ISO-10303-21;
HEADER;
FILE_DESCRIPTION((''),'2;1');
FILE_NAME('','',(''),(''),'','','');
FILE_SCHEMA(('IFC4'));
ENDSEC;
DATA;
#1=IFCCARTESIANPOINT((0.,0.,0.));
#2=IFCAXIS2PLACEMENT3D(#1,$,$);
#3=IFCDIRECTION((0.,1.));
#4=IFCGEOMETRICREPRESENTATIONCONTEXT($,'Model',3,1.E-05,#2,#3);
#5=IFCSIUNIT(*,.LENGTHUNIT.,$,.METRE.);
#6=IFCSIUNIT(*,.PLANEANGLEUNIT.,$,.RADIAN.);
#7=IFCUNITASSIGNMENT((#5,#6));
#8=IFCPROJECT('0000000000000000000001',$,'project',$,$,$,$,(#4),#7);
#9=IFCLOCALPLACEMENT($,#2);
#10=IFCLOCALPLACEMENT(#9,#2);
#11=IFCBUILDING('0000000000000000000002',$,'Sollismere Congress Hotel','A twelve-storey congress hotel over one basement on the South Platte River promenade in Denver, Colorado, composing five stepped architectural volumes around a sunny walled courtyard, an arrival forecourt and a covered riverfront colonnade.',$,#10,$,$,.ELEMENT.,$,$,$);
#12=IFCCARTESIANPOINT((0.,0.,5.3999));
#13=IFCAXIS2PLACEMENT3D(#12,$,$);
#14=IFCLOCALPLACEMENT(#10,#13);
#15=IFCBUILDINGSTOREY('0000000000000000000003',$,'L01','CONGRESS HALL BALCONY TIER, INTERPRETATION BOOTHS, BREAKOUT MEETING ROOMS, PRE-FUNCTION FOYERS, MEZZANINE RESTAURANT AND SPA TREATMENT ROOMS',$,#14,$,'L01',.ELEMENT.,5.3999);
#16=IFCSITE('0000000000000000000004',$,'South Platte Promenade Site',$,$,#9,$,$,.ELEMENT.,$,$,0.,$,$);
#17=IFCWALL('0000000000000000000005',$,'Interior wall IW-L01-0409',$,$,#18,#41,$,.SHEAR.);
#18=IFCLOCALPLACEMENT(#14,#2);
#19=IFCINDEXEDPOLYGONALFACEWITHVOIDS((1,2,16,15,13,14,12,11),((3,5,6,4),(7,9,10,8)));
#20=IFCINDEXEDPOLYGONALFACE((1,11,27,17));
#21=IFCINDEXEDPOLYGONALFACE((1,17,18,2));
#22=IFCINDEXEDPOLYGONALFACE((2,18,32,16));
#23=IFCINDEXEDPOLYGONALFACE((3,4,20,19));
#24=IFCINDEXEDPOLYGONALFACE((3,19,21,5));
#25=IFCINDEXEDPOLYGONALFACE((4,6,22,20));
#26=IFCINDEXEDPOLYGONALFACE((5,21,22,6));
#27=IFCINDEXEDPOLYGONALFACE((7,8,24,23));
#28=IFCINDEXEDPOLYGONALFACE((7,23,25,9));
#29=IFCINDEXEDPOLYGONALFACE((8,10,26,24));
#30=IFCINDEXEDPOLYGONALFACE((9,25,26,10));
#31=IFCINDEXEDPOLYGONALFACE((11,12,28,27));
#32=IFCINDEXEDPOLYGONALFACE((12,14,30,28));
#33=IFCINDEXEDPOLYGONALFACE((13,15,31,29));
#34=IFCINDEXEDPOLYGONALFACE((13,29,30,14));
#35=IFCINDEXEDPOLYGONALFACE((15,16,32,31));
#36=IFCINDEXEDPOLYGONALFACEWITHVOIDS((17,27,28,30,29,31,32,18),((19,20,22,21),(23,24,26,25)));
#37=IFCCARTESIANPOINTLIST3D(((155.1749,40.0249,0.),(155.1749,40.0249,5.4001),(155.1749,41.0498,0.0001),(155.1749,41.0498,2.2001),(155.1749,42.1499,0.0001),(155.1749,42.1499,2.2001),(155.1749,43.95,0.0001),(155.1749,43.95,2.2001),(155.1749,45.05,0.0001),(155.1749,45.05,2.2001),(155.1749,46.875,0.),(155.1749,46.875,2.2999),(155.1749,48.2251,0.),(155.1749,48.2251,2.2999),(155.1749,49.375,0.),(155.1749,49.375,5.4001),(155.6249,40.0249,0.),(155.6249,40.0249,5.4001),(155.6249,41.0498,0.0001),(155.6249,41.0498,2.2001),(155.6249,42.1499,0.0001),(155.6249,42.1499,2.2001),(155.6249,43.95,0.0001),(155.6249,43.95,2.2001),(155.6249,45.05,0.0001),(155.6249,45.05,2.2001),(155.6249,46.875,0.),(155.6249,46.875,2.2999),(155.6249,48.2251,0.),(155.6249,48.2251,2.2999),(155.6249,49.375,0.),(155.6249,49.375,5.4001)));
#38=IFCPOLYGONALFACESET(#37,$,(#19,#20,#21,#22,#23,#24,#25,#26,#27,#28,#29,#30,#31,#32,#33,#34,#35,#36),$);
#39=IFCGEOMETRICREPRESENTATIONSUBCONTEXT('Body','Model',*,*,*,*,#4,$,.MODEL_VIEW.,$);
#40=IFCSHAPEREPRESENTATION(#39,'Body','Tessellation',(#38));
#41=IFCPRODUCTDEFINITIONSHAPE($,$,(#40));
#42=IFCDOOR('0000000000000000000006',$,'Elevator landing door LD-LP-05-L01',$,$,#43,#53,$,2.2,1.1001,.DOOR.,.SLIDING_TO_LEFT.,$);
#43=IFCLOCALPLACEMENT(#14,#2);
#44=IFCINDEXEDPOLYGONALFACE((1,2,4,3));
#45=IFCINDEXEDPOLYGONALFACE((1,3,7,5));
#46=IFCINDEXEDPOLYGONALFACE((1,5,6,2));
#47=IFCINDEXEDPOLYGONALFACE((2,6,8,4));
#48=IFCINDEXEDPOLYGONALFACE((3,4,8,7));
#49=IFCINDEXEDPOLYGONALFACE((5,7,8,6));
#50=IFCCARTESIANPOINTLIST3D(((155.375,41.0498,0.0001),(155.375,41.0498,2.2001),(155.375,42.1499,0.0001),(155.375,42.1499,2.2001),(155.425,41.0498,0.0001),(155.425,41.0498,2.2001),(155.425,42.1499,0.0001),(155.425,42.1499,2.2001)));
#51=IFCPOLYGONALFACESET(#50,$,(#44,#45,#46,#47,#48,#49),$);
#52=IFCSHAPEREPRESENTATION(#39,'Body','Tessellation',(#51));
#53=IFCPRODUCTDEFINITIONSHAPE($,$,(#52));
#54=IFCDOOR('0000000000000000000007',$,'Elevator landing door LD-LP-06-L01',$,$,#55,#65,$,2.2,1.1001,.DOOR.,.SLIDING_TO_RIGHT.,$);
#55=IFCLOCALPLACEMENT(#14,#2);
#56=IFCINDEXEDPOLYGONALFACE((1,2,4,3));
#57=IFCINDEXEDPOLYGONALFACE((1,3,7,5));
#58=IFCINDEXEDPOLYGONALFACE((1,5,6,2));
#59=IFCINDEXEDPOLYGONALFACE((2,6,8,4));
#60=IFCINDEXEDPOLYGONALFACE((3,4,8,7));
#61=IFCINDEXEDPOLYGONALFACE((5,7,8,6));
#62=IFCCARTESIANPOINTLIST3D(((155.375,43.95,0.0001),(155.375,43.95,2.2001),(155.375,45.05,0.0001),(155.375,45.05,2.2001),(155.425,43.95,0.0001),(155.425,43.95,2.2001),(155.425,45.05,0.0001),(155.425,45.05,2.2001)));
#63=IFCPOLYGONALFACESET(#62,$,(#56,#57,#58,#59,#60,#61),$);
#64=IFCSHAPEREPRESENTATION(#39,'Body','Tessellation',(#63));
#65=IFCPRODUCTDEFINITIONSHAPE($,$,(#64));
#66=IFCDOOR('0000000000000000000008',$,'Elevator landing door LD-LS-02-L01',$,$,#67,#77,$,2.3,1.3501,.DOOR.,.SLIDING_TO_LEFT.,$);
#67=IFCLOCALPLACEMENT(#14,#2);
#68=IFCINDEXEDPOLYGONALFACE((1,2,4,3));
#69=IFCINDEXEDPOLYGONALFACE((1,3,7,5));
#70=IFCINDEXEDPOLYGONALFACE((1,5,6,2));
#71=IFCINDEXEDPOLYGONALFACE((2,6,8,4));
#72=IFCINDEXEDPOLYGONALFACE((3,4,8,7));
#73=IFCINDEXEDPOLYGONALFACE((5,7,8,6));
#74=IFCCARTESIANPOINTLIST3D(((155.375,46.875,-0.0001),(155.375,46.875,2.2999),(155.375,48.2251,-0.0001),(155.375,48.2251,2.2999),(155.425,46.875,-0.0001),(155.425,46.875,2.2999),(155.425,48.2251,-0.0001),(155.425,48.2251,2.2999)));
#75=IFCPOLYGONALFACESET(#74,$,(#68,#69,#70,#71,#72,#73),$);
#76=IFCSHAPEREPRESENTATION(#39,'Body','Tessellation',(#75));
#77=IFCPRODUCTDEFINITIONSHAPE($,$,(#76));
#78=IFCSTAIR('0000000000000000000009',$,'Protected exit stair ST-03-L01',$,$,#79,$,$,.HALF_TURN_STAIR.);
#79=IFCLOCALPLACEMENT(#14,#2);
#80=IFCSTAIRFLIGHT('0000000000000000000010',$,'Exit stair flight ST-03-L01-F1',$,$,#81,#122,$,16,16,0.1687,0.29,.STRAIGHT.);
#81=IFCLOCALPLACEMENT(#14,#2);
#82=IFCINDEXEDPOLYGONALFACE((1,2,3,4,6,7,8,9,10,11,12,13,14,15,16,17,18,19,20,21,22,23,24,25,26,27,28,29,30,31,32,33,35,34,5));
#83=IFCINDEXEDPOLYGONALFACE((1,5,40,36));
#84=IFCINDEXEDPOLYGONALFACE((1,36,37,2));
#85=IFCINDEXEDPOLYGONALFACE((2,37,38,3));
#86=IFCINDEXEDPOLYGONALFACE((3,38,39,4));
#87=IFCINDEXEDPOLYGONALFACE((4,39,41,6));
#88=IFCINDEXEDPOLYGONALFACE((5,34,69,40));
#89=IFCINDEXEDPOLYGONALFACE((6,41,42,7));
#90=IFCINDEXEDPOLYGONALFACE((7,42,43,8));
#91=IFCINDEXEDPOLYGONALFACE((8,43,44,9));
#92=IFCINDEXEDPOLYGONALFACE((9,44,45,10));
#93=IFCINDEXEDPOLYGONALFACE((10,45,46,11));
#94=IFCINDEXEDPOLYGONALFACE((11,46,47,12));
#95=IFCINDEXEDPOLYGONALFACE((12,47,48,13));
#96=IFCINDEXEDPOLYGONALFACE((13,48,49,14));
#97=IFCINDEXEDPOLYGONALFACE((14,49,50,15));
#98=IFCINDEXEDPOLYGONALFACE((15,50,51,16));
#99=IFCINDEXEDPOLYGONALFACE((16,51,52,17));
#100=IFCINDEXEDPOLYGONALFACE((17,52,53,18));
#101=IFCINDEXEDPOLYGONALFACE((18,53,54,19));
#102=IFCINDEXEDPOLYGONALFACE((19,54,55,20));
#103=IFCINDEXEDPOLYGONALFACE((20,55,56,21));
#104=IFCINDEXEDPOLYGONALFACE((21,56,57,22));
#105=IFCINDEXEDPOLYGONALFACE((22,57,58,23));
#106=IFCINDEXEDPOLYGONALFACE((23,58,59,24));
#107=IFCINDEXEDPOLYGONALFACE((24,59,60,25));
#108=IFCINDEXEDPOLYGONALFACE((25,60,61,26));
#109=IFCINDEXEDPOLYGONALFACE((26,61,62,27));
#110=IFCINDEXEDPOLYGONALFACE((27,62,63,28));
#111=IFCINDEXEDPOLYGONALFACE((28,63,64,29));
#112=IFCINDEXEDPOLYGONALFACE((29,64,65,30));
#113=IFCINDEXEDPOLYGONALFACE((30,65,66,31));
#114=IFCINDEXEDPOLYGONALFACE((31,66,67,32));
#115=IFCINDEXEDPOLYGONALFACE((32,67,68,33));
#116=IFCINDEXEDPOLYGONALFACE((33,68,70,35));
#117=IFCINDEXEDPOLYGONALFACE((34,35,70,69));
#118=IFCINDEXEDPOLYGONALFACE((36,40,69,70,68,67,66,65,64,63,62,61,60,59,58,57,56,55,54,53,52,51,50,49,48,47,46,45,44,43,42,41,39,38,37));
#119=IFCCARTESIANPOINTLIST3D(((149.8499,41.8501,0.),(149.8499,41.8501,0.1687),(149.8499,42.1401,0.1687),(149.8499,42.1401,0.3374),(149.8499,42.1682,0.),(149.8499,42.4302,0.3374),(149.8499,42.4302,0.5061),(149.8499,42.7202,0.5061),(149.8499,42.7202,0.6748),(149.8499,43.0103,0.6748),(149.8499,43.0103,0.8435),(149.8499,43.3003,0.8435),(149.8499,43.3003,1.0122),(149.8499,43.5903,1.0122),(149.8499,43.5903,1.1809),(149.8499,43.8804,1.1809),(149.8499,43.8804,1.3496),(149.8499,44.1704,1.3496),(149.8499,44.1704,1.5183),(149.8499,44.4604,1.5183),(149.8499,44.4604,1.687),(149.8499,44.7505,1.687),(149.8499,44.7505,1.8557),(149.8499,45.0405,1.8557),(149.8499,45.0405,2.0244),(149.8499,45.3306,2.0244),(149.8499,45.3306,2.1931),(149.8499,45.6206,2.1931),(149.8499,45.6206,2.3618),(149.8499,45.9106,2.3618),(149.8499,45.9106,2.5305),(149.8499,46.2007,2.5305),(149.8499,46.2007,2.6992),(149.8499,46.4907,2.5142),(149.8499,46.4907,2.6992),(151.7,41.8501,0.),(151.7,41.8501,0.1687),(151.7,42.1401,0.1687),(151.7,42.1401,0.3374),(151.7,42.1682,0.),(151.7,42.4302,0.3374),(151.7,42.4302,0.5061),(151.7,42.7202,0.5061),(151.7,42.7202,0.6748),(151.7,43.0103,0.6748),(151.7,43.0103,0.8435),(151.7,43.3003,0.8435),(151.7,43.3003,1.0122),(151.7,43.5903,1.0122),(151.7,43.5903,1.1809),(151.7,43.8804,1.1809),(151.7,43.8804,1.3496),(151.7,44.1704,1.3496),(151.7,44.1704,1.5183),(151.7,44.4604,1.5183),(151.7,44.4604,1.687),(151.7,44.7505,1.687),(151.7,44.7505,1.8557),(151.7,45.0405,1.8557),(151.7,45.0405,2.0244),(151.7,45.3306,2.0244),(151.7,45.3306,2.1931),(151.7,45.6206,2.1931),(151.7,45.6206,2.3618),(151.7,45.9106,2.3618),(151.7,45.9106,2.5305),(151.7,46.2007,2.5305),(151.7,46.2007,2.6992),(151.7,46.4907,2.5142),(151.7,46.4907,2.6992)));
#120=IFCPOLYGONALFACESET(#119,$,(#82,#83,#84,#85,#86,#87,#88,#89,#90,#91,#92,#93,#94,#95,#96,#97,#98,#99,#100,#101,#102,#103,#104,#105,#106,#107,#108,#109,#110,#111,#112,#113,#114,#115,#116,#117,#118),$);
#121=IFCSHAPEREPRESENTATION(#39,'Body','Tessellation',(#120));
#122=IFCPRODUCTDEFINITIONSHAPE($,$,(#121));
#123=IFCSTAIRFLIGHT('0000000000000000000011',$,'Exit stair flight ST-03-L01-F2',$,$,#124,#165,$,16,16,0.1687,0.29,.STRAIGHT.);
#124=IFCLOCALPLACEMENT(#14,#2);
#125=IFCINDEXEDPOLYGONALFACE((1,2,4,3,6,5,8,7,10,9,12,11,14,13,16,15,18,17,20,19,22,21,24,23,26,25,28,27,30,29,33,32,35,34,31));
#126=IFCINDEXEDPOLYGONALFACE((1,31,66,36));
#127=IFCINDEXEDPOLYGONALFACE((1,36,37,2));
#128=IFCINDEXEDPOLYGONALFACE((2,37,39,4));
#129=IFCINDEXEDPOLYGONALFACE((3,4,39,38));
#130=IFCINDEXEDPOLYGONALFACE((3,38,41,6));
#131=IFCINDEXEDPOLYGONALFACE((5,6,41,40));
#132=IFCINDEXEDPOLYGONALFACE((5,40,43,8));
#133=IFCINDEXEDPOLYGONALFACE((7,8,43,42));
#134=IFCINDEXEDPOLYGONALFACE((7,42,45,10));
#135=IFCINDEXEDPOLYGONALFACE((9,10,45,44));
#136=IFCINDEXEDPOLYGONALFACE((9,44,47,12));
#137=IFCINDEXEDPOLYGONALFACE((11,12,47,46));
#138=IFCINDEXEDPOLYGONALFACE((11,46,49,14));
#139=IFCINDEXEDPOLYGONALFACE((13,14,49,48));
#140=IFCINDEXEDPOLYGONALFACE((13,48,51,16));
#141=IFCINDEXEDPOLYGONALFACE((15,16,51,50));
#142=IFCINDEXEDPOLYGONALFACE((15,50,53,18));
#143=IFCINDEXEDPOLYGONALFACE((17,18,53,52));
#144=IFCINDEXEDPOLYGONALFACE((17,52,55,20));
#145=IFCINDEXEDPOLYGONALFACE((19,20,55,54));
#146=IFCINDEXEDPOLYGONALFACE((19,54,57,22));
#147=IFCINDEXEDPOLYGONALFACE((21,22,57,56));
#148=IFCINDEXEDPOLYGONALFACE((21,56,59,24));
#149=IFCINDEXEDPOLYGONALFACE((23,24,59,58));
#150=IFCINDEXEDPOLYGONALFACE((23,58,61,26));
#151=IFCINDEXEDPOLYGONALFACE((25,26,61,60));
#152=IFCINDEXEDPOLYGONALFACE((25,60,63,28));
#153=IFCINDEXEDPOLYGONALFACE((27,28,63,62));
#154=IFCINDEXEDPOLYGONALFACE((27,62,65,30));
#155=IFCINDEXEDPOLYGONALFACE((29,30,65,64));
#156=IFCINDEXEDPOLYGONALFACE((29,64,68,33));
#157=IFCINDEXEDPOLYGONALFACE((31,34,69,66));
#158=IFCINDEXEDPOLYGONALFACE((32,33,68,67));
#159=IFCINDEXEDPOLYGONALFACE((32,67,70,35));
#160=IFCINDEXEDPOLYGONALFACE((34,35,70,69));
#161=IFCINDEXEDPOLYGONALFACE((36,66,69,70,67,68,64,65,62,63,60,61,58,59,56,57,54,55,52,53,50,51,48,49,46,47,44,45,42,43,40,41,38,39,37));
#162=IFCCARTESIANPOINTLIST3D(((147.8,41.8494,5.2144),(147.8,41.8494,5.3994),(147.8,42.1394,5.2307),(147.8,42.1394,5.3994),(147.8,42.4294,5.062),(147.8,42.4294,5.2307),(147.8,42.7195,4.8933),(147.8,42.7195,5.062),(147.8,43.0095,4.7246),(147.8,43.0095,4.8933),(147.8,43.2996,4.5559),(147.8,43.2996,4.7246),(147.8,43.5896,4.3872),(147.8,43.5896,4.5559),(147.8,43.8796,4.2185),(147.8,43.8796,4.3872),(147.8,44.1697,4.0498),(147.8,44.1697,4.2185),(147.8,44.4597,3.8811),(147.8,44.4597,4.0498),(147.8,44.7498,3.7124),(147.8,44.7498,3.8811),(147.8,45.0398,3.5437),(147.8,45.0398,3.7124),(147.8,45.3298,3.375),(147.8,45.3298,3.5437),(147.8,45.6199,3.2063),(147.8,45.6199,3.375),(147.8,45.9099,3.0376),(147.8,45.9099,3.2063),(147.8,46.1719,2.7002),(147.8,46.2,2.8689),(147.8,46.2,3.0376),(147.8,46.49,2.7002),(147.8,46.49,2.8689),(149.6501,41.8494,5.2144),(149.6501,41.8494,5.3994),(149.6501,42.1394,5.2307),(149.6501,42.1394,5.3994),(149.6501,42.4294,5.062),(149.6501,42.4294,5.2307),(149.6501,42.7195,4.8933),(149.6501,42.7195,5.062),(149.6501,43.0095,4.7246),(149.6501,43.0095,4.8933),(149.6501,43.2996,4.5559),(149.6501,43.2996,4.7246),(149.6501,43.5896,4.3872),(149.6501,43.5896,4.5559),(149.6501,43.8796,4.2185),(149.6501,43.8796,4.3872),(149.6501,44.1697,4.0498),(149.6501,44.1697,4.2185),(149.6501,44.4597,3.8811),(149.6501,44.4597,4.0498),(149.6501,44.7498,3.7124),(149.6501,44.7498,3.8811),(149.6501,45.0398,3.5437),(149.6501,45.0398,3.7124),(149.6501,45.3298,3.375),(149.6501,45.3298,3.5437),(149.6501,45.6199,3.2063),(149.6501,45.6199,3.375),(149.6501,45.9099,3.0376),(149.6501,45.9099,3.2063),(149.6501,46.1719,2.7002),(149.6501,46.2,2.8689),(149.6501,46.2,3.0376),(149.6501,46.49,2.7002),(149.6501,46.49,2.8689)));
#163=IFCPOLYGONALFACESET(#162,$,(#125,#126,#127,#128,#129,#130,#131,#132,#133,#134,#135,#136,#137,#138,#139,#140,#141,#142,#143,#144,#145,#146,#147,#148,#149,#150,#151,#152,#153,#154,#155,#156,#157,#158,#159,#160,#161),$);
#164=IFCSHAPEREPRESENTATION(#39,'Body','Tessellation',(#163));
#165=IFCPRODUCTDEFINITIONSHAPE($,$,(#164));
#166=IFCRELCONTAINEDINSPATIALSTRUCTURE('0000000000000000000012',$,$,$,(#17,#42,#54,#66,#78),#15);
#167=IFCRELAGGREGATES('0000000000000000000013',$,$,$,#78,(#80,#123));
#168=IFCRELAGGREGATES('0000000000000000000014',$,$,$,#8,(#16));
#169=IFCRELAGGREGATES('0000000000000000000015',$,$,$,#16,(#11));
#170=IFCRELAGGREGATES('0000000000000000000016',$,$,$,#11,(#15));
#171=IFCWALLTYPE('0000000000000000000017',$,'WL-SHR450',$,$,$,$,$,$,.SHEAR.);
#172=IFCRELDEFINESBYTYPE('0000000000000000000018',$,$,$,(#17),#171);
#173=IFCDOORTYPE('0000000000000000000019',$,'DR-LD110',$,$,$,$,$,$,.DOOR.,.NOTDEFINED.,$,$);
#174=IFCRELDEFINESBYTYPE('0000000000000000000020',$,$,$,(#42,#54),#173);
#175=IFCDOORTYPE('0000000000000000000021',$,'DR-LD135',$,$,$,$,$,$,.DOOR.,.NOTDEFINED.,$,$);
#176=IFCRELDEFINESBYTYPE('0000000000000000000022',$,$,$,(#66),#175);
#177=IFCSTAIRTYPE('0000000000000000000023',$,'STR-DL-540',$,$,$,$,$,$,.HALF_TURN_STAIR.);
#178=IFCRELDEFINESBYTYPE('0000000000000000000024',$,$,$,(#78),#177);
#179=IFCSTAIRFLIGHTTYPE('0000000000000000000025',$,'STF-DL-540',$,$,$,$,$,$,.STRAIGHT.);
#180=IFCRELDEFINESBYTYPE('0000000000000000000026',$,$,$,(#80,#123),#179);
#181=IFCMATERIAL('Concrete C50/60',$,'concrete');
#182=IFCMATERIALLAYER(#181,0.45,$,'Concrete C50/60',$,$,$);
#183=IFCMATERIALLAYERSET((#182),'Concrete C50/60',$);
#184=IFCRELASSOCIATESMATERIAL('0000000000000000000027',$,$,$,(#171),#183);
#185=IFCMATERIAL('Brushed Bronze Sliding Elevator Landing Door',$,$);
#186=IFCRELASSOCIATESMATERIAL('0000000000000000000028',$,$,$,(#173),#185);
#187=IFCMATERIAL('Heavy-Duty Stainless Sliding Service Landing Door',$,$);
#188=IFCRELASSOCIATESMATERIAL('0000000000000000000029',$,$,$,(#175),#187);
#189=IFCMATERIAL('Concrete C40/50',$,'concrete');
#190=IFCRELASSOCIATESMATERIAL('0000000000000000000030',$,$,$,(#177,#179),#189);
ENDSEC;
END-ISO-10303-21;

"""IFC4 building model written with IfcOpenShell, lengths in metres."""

from ifc_helpers import new_model, si_unit, direction, frame, frame_2d, origin, place, context, subcontext, project, spatial, polyline, rectangle, outline, extrude, material, layer, layer_set, type_object, element, fill, aggregate, save


model = new_model("IFC4")

# Units and contexts
model_context = context("Model", 3, precision=1e-05, world=origin(), true_north=direction((0.0, 1.0)))
body_context = subcontext(model_context, "Body", "Model", "MODEL_VIEW")
ifc_project = project(units=[si_unit("LENGTHUNIT", "METRE"), si_unit("PLANEANGLEUNIT", "RADIAN")], contexts=[model_context])

# Site, building, storey
site_placement = place(None, origin())
site = spatial("IfcSite", under=ifc_project, at=site_placement, Name="South Platte Promenade Site", CompositionType="ELEMENT", RefElevation=0.0)
building_placement = place(site_placement, origin())
building = spatial("IfcBuilding", under=site, at=building_placement, Name="Sollismere Congress Hotel", Description="A twelve-storey congress hotel over one basement on the South Platte River promenade in Denver, Colorado, composing five stepped architectural volumes around a sunny walled courtyard, an arrival forecourt and a covered riverfront colonnade.", CompositionType="ELEMENT")
storey_placement = place(building_placement, frame((0.0, 0.0, 5.3999)))
storey = spatial("IfcBuildingStorey", under=building, at=storey_placement, Name="L01", Description="CONGRESS HALL BALCONY TIER, INTERPRETATION BOOTHS, BREAKOUT MEETING ROOMS, PRE-FUNCTION FOYERS, MEZZANINE RESTAURANT AND SPA TREATMENT ROOMS", LongName="L01", CompositionType="ELEMENT", Elevation=5.3999)

# Shared definitions
ifc_material_1 = material(Name="Concrete C50/60", Category="concrete")

# Shared definitions
ifc_layer_1 = layer(ifc_material_1, 0.45, Name="Concrete C50/60")
ifc_layer_set_1 = layer_set([ifc_layer_1], Name="Concrete C50/60")
wall_type_1 = type_object("IfcWallType", Name="WL-SHR450", PredefinedType="SHEAR", material=ifc_layer_set_1)

# Wall, openings, doors
wall_1_placement = place(storey_placement, frame((155.3999, 40.0249, 0.0), z_axis=(0.0, 0.0, 1.0), x_axis=(0.0, 1.0, 0.0)))
wall_1 = element("IfcWall", 1, at=wall_1_placement, inside=storey, type_object=wall_type_1, Name="Interior wall IW-L01-0409", PredefinedType="SHEAR", context=body_context, shape_type="SweptSolid", body=[
    extrude(rectangle(XDim=9.3501, YDim=0.45, at=frame_2d((4.675, 0.0))), origin(), (0.0, 0.0, 1.0), 5.4001),
])
opening_1_placement = place(wall_1_placement, frame((1.0249, 0.0, 0.0)))
opening_1 = element("IfcOpeningElement", 2, at=opening_1_placement, cuts=wall_1, PredefinedType="OPENING", context=body_context, shape_type="SweptSolid", body=[
    extrude(rectangle(XDim=1.1001, YDim=2.2, at=frame_2d((0.55, 1.1001))), frame((0.0, 0.2349, 0.0), z_axis=(0.0, -1.0, 0.0), x_axis=(1.0, 0.0, 0.0)), (0.0, 0.0, 1.0), 0.47),
])
opening_2_placement = place(wall_1_placement, frame((3.925, 0.0, 0.0)))
opening_2 = element("IfcOpeningElement", 3, at=opening_2_placement, cuts=wall_1, PredefinedType="OPENING", context=body_context, shape_type="SweptSolid", body=[
    extrude(rectangle(XDim=1.1001, YDim=2.2, at=frame_2d((0.55, 1.1001))), frame((0.0, 0.2349, 0.0), z_axis=(0.0, -1.0, 0.0), x_axis=(1.0, 0.0, 0.0)), (0.0, 0.0, 1.0), 0.47),
])
opening_3_placement = place(wall_1_placement, frame((6.8501, 0.0, 0.0)))
opening_3 = element("IfcOpeningElement", 4, at=opening_3_placement, cuts=wall_1, PredefinedType="OPENING", context=body_context, shape_type="SweptSolid", body=[
    extrude(rectangle(XDim=1.3501, YDim=2.3, at=frame_2d((0.675, 1.1499))), frame((0.0, 0.2349, 0.0), z_axis=(0.0, -1.0, 0.0), x_axis=(1.0, 0.0, 0.0)), (0.0, 0.0, 1.0), 0.47),
])
ifc_material_2 = material(Name="Brushed Bronze Sliding Elevator Landing Door")
door_type_1 = type_object("IfcDoorType", Name="DR-LD110", OperationType="NOTDEFINED", PredefinedType="DOOR", material=ifc_material_2)
door_1_placement = place(opening_1_placement, origin())
door_1 = element("IfcDoor", 5, at=door_1_placement, inside=storey, type_object=door_type_1, Name="Elevator landing door LD-LP-05-L01", OperationType="SLIDING_TO_LEFT", OverallHeight=2.2, OverallWidth=1.1001, PredefinedType="DOOR", context=body_context, shape_type="SweptSolid", body=[
    extrude(rectangle(XDim=1.1001, YDim=2.2, at=frame_2d((0.55, 1.1001))), frame((0.0, 0.0249, 0.0), z_axis=(0.0, -1.0, 0.0), x_axis=(1.0, 0.0, 0.0)), (0.0, 0.0, 1.0), 0.05),
])
fill(opening_1, door_1)
door_2_placement = place(opening_2_placement, origin())
door_2 = element("IfcDoor", 6, at=door_2_placement, inside=storey, type_object=door_type_1, Name="Elevator landing door LD-LP-06-L01", OperationType="SLIDING_TO_RIGHT", OverallHeight=2.2, OverallWidth=1.1001, PredefinedType="DOOR", context=body_context, shape_type="SweptSolid", body=[
    extrude(rectangle(XDim=1.1001, YDim=2.2, at=frame_2d((0.55, 1.1001))), frame((0.0, 0.0249, 0.0), z_axis=(0.0, -1.0, 0.0), x_axis=(1.0, 0.0, 0.0)), (0.0, 0.0, 1.0), 0.05),
])
fill(opening_2, door_2)
ifc_material_3 = material(Name="Heavy-Duty Stainless Sliding Service Landing Door")
door_type_2 = type_object("IfcDoorType", Name="DR-LD135", OperationType="NOTDEFINED", PredefinedType="DOOR", material=ifc_material_3)
door_3_placement = place(opening_3_placement, origin())
door_3 = element("IfcDoor", 7, at=door_3_placement, inside=storey, type_object=door_type_2, Name="Elevator landing door LD-LS-02-L01", OperationType="SLIDING_TO_LEFT", OverallHeight=2.3, OverallWidth=1.3501, PredefinedType="DOOR", context=body_context, shape_type="SweptSolid", body=[
    extrude(rectangle(XDim=1.3501, YDim=2.3, at=frame_2d((0.675, 1.1499))), frame((0.0, 0.0249, 0.0), z_axis=(0.0, -1.0, 0.0), x_axis=(1.0, 0.0, 0.0)), (0.0, 0.0, 1.0), 0.05),
])
fill(opening_3, door_3)

# Stair, stair flights
ifc_material_4 = material(Name="Concrete C40/50", Category="concrete")
stair_type = type_object("IfcStairType", Name="STR-DL-540", PredefinedType="HALF_TURN_STAIR", material=ifc_material_4)
stair_placement = place(storey_placement, origin())
stair = element("IfcStair", 8, at=stair_placement, inside=storey, type_object=stair_type, Name="Protected exit stair ST-03-L01", PredefinedType="HALF_TURN_STAIR")
stair_flight_type = type_object("IfcStairFlightType", Name="STF-DL-540", PredefinedType="STRAIGHT", material=ifc_material_4)
stair_flight_1_placement = place(storey_placement, frame((150.7749, 41.8501, 0.0), z_axis=(0.0, 0.0, 1.0), x_axis=(0.0, 1.0, 0.0)))
stair_flight_1 = element("IfcStairFlight", 9, at=stair_flight_1_placement, type_object=stair_flight_type, Name="Exit stair flight ST-03-L01-F1", NumberOfRisers=16, NumberOfTreads=16, PredefinedType="STRAIGHT", RiserHeight=0.1687, TreadLength=0.29, context=body_context, shape_type="SweptSolid", body=[
    extrude(outline(polyline([(0.0, 0.0), (0.0, 0.1687), (0.29, 0.1687), (0.29, 0.3374), (0.5801, 0.3374), (0.5801, 0.5061), (0.8701, 0.5061), (0.8701, 0.6748), (1.1602, 0.6748), (1.1602, 0.8435), (1.4502, 0.8435), (1.4502, 1.0122), (1.7402, 1.0122), (1.7402, 1.1809), (2.0303, 1.1809), (2.0303, 1.3496), (2.3203, 1.3496), (2.3203, 1.5183), (2.6104, 1.5183), (2.6104, 1.687), (2.9004, 1.687), (2.9004, 1.8557), (3.1904, 1.8557), (3.1904, 2.0244), (3.4805, 2.0244), (3.4805, 2.1931), (3.7705, 2.1931), (3.7705, 2.3618), (4.0605, 2.3618), (4.0605, 2.5305), (4.3506, 2.5305), (4.3506, 2.6992), (4.6406, 2.6992), (4.6406, 2.5142), (0.3181, 0.0), (0.0, 0.0)])), frame((0.0, 0.925, 0.0), z_axis=(0.0, -1.0, 0.0), x_axis=(1.0, 0.0, 0.0)), (0.0, 0.0, 1.0), 1.8501),
])
stair_flight_2_placement = place(storey_placement, frame((148.7251, 46.49, 2.7002), z_axis=(0.0, 0.0, 1.0), x_axis=(0.0, -1.0, 0.0)))
stair_flight_2 = element("IfcStairFlight", 10, at=stair_flight_2_placement, type_object=stair_flight_type, Name="Exit stair flight ST-03-L01-F2", NumberOfRisers=16, NumberOfTreads=16, PredefinedType="STRAIGHT", RiserHeight=0.1687, TreadLength=0.29, context=body_context, shape_type="SweptSolid", body=[
    extrude(outline(polyline([(0.0, 0.0), (0.0, 0.1687), (0.29, 0.1687), (0.29, 0.3374), (0.5801, 0.3374), (0.5801, 0.5061), (0.8701, 0.5061), (0.8701, 0.6748), (1.1602, 0.6748), (1.1602, 0.8435), (1.4502, 0.8435), (1.4502, 1.0122), (1.7402, 1.0122), (1.7402, 1.1809), (2.0303, 1.1809), (2.0303, 1.3496), (2.3203, 1.3496), (2.3203, 1.5183), (2.6104, 1.5183), (2.6104, 1.687), (2.9004, 1.687), (2.9004, 1.8557), (3.1904, 1.8557), (3.1904, 2.0244), (3.4805, 2.0244), (3.4805, 2.1931), (3.7705, 2.1931), (3.7705, 2.3618), (4.0605, 2.3618), (4.0605, 2.5305), (4.3506, 2.5305), (4.3506, 2.6992), (4.6406, 2.6992), (4.6406, 2.5142), (0.3181, 0.0), (0.0, 0.0)])), frame((0.0, 0.925, 0.0), z_axis=(0.0, -1.0, 0.0), x_axis=(1.0, 0.0, 0.0)), (0.0, 0.0, 1.0), 1.8501),
])
aggregate(stair, [stair_flight_1, stair_flight_2])

save(model, "model.ifc")
